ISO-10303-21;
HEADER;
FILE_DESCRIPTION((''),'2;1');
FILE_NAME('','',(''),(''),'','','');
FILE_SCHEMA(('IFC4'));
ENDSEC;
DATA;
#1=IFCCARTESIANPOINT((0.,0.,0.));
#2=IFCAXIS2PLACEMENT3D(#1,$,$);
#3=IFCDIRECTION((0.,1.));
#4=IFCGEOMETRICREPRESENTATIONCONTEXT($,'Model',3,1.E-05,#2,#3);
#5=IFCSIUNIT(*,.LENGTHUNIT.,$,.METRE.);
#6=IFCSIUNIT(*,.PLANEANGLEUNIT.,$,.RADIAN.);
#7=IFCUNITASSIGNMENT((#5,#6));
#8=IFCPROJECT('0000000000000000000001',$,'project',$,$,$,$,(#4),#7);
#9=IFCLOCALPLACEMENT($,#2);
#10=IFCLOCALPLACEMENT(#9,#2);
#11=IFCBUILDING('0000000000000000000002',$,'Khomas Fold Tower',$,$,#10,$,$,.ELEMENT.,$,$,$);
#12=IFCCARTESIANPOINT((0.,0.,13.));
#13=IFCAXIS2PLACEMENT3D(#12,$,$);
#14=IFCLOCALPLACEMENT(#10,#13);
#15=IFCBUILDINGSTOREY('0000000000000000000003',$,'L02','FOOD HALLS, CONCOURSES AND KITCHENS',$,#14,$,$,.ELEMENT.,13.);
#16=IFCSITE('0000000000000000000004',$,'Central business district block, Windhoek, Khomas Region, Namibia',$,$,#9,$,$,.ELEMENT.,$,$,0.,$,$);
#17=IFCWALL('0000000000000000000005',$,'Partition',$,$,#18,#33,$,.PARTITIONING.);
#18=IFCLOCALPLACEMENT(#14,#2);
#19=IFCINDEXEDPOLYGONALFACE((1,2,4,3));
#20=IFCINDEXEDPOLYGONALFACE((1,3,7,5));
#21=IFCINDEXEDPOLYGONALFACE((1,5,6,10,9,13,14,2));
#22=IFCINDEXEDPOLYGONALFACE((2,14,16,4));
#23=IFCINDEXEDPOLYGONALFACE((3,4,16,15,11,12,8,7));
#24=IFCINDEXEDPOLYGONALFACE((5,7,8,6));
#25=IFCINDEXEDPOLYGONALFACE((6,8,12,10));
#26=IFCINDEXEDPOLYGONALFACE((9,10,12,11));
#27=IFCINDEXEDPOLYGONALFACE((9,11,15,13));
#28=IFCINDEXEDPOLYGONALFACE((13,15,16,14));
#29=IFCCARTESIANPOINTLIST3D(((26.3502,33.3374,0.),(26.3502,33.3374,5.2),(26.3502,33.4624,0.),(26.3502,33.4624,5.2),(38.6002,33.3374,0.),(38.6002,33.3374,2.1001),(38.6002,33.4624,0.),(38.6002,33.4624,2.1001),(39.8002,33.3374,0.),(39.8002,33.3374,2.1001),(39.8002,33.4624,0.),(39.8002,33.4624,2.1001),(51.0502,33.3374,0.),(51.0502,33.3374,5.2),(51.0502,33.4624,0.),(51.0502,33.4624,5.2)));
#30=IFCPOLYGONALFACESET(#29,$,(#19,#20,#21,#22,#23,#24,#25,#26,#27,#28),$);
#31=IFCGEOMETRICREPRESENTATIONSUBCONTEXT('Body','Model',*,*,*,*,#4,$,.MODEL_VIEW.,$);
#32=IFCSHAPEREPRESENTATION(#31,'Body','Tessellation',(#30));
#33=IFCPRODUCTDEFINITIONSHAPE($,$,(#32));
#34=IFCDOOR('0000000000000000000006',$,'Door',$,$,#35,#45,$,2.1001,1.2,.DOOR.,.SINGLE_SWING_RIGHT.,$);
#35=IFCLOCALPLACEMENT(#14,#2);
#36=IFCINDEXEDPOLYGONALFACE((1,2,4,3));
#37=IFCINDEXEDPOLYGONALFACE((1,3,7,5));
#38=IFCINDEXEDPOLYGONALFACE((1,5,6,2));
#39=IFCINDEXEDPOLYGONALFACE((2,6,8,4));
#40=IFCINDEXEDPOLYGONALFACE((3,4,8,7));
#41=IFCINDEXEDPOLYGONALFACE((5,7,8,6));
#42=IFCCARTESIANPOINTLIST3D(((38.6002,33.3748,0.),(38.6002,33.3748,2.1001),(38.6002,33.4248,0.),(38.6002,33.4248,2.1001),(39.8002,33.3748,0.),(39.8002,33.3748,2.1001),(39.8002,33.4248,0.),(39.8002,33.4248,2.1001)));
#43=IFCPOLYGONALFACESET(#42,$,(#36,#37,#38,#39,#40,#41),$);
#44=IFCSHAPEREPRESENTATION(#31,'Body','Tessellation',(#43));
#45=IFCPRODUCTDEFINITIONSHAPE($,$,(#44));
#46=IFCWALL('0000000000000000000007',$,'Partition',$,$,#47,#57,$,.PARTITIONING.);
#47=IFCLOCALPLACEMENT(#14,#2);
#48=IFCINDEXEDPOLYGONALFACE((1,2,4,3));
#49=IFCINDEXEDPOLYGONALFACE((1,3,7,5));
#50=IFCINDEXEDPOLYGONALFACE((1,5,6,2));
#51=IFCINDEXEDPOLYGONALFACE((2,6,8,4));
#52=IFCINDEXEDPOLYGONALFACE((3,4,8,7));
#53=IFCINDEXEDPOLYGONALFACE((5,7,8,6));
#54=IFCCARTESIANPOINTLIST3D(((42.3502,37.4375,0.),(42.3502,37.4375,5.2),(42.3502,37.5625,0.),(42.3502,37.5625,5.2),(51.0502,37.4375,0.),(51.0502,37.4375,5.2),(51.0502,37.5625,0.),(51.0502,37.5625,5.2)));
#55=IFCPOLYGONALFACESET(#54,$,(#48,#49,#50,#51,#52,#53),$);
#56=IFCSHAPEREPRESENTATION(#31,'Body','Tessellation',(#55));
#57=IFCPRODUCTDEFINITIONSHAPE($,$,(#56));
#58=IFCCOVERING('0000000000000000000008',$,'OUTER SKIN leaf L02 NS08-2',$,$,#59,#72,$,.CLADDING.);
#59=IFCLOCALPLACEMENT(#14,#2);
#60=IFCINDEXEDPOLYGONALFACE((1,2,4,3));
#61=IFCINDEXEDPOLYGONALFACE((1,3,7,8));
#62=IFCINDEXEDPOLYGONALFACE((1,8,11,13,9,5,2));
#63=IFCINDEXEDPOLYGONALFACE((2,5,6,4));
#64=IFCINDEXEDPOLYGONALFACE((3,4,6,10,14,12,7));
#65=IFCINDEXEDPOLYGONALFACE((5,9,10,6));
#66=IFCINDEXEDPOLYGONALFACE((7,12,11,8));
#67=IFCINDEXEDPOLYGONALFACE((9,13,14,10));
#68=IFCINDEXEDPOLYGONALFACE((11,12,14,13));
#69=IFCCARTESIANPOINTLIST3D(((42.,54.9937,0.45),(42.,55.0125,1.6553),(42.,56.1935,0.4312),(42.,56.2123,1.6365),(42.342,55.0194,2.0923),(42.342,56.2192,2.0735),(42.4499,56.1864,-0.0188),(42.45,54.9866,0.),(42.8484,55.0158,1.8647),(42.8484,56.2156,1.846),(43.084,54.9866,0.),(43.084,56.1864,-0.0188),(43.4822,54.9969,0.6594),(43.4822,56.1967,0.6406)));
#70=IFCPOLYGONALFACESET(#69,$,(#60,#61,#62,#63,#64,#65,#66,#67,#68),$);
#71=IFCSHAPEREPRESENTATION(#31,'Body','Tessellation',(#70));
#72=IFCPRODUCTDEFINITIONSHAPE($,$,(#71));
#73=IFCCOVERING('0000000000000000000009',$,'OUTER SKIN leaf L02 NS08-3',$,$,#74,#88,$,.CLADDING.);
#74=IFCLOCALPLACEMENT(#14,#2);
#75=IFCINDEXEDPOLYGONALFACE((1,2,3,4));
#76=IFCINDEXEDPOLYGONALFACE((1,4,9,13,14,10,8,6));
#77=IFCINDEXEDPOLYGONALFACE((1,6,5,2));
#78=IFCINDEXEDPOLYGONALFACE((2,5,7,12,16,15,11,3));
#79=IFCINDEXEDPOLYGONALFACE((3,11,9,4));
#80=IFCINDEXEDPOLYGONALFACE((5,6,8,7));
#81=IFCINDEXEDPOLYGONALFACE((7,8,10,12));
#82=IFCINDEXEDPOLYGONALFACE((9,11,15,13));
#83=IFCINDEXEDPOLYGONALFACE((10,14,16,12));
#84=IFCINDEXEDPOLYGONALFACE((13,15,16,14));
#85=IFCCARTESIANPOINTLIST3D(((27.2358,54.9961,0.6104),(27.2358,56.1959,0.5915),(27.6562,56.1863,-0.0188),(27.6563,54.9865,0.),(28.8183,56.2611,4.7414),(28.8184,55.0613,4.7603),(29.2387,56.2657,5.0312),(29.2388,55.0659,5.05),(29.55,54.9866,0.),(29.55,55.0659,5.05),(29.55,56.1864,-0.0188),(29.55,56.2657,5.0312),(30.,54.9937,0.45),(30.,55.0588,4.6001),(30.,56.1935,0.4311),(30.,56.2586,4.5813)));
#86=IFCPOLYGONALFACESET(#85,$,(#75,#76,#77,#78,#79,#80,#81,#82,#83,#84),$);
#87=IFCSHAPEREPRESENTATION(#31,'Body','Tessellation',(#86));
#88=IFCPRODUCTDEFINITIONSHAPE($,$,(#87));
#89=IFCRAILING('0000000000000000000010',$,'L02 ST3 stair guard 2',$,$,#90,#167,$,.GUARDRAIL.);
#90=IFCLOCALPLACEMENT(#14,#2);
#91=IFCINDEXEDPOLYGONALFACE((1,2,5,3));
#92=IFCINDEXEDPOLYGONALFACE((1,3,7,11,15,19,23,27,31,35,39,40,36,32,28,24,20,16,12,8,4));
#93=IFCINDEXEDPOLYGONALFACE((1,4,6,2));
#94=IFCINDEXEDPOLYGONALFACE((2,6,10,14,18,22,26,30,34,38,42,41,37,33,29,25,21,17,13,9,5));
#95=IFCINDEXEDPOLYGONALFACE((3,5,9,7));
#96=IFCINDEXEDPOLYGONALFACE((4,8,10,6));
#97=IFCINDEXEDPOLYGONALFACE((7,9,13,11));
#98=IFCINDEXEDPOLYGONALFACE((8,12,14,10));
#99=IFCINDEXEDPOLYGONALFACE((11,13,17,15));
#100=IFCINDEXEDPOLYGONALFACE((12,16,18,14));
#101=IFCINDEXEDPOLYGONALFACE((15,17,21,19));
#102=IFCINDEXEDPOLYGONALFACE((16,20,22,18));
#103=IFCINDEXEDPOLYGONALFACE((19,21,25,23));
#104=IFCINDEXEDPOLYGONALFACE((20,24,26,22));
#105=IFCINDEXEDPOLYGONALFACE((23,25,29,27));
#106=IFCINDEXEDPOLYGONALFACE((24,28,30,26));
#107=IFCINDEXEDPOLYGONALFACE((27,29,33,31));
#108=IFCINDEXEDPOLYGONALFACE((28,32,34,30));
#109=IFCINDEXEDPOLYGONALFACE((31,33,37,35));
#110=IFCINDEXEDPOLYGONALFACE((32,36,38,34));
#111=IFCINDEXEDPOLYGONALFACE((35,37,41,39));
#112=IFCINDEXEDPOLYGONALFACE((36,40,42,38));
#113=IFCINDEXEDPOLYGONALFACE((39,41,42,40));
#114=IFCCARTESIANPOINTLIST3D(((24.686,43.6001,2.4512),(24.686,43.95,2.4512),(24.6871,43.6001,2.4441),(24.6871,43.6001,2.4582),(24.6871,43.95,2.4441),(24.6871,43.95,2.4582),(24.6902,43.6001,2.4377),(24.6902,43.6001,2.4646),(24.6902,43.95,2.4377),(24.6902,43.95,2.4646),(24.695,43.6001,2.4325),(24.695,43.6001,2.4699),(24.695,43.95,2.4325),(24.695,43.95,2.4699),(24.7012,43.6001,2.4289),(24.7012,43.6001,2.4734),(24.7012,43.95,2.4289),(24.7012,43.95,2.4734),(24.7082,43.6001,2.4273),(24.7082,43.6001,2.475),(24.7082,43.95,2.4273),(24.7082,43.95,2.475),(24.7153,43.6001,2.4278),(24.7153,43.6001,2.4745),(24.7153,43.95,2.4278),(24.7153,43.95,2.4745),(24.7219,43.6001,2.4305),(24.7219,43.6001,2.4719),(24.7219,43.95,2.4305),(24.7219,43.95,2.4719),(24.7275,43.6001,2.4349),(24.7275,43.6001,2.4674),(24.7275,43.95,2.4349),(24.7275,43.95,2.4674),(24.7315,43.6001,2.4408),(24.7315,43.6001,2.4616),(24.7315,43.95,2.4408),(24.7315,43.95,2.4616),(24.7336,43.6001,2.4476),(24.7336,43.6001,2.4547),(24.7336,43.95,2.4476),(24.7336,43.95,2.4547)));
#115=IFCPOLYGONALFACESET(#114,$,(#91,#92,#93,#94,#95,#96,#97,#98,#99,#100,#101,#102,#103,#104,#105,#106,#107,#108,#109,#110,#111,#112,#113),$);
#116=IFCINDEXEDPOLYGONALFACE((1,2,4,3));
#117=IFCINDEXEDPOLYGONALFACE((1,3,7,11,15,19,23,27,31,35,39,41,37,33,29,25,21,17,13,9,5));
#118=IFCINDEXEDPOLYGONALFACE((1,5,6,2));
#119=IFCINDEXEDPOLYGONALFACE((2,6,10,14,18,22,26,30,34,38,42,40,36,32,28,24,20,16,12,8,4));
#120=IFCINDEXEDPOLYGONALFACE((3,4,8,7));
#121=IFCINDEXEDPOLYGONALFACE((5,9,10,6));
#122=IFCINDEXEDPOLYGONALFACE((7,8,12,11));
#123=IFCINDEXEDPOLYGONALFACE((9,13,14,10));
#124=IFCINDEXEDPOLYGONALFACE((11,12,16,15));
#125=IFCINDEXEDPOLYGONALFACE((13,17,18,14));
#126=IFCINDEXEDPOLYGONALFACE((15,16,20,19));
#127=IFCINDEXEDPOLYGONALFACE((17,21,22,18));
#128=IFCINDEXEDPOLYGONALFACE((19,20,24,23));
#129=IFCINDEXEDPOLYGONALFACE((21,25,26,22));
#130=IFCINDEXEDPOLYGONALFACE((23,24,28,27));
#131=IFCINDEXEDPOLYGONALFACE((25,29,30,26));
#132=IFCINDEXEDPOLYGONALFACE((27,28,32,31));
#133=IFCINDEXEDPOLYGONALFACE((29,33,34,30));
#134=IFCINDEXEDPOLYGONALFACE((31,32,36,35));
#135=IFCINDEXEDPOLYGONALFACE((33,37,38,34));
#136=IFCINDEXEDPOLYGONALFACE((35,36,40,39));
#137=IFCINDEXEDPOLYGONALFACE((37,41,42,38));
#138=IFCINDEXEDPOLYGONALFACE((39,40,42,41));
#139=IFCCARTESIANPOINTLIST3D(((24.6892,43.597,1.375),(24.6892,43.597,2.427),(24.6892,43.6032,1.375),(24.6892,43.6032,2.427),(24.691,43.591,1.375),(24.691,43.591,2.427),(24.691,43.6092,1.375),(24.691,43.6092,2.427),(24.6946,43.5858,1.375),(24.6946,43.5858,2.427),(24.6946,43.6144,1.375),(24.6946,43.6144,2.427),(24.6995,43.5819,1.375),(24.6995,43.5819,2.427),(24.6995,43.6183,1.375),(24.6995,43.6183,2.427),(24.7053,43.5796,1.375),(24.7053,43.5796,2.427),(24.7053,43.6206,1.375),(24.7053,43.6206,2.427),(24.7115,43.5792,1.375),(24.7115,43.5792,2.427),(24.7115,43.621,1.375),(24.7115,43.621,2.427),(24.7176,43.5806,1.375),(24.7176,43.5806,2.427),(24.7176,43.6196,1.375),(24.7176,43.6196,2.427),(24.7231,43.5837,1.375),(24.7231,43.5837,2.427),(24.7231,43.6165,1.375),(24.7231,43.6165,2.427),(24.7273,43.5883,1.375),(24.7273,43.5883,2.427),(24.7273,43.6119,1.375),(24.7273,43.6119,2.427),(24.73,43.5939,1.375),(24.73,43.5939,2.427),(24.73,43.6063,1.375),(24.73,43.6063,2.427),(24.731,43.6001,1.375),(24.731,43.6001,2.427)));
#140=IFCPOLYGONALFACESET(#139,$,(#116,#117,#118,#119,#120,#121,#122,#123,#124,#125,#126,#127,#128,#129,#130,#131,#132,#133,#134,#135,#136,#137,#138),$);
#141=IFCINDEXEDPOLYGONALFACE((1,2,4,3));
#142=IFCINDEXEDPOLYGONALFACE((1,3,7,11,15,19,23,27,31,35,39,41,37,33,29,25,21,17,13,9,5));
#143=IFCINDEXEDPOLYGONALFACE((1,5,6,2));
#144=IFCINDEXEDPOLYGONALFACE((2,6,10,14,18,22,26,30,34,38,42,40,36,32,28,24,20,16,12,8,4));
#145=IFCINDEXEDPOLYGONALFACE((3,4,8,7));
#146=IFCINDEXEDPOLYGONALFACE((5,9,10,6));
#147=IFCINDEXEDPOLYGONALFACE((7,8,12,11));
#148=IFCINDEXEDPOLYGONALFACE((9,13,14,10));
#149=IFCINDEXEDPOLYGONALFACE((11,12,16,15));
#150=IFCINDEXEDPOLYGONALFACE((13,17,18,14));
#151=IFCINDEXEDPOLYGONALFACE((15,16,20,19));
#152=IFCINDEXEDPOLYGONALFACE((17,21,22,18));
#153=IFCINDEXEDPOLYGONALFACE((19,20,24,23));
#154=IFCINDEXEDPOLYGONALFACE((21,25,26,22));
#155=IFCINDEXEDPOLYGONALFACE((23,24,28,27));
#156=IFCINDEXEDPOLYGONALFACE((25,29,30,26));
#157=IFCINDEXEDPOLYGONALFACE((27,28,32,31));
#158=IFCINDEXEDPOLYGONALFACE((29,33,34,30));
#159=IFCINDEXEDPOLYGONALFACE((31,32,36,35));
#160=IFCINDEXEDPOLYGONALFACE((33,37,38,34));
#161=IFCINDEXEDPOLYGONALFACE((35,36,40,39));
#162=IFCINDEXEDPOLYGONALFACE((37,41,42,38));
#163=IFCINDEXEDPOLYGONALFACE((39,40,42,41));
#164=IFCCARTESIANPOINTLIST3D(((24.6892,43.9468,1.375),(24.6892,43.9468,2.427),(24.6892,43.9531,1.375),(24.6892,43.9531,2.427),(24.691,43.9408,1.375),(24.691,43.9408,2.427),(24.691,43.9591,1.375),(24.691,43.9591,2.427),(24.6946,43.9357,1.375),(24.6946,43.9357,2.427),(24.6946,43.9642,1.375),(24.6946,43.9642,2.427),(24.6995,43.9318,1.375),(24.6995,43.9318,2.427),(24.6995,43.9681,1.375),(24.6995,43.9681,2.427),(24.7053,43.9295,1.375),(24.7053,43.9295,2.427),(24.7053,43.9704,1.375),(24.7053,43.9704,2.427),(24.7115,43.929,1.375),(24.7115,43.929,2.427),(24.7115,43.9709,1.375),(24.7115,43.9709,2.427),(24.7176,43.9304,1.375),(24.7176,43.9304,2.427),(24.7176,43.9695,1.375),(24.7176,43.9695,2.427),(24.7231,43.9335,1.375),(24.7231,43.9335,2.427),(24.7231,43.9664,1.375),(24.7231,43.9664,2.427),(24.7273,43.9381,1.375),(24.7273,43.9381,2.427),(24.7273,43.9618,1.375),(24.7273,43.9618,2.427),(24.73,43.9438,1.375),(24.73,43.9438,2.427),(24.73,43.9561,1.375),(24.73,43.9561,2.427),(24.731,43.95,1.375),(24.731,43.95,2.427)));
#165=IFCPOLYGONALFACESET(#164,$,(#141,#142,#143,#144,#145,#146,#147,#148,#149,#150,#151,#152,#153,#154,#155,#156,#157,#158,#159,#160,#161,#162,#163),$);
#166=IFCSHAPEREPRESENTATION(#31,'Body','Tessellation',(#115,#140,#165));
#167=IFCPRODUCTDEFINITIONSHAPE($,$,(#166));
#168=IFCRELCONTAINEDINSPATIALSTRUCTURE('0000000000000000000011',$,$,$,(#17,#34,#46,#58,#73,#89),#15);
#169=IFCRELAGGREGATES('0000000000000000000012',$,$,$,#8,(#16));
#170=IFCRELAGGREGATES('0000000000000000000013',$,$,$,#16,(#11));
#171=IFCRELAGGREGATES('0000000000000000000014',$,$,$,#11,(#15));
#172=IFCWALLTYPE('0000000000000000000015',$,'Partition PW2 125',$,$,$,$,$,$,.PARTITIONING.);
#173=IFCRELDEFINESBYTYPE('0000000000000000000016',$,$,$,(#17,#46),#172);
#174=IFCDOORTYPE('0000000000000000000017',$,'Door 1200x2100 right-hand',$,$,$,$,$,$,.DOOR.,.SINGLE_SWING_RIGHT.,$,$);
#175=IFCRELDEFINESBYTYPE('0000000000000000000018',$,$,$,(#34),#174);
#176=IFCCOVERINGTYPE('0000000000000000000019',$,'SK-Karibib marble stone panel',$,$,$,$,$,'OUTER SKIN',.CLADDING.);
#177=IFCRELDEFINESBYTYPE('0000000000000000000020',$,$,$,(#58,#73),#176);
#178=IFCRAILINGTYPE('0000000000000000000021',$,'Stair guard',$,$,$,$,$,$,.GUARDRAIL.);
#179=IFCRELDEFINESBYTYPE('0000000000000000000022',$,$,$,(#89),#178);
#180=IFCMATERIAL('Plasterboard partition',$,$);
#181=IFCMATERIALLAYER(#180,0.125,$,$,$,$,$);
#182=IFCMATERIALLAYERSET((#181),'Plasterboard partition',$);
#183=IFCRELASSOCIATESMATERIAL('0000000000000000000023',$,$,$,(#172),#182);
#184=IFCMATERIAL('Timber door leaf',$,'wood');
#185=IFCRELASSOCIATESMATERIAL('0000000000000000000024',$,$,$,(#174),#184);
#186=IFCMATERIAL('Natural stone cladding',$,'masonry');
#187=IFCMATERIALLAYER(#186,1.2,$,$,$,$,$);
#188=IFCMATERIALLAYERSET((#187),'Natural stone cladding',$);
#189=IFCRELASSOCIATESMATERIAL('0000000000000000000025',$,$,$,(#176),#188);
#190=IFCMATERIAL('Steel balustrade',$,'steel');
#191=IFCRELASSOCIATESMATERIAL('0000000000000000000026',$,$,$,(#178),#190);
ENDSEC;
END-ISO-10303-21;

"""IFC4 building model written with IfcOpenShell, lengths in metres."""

from ifc_helpers import new_model, si_unit, direction, frame, frame_2d, origin, origin_2d, place, context, subcontext, project, spatial, polyline, rectangle, circle, outline, extrude, source, transform, mapped, material, layer, layer_set, type_object, element, fill, save


model = new_model("IFC4")

# Units and contexts
model_context = context("Model", 3, precision=1e-05, world=origin(), true_north=direction((0.0, 1.0)))
body_context = subcontext(model_context, "Body", "Model", "MODEL_VIEW")
ifc_project = project(units=[si_unit("LENGTHUNIT", "METRE"), si_unit("PLANEANGLEUNIT", "RADIAN")], contexts=[model_context])

# Site, building, storey
site_placement = place(None, origin())
site = spatial("IfcSite", under=ifc_project, at=site_placement, Name="Central business district block, Windhoek, Khomas Region, Namibia", CompositionType="ELEMENT", RefElevation=0.0)
building_placement = place(site_placement, origin())
building = spatial("IfcBuilding", under=site, at=building_placement, Name="Khomas Fold Tower", CompositionType="ELEMENT")
storey_placement = place(building_placement, frame((0.0, 0.0, 13.0)))
storey = spatial("IfcBuildingStorey", under=building, at=storey_placement, Name="L02", Description="FOOD HALLS, CONCOURSES AND KITCHENS", CompositionType="ELEMENT", Elevation=13.0)

# Wall, opening, door
ifc_material_1 = material(Name="Plasterboard partition")
ifc_layer_1 = layer(ifc_material_1, 0.125)
ifc_layer_set_1 = layer_set([ifc_layer_1], Name="Plasterboard partition")
wall_type_1 = type_object("IfcWallType", Name="Partition PW2 125", PredefinedType="PARTITIONING", material=ifc_layer_set_1)
shared_shape_1 = source(origin(), body_context, "Body", "SweptSolid", [
    extrude(rectangle(XDim=24.7, YDim=0.125, at=frame_2d((12.3501, 0.0))), origin(), (0.0, 0.0, 1.0), 5.2),
])
wall_1_placement = place(storey_placement, frame((26.3501, 33.3999, 0.0), z_axis=(0.0, 0.0, 1.0), x_axis=(1.0, 0.0, 0.0)))
wall_1 = element("IfcWall", 1, at=wall_1_placement, inside=storey, type_object=wall_type_1, Name="Partition", PredefinedType="PARTITIONING", context=body_context, shape_type="MappedRepresentation", body=[
    mapped(shared_shape_1, transform((0.0, 0.0, 0.0))),
])
shared_shape_2 = source(origin(), body_context, "Body", "SweptSolid", [
    extrude(rectangle(XDim=1.2, YDim=2.1001, at=frame_2d((0.6001, 1.05))), frame((0.0, 0.0725, 0.0), z_axis=(0.0, -1.0, 0.0), x_axis=(1.0, 0.0, 0.0)), (0.0, 0.0, 1.0), 0.145),
])
opening_1_placement = place(wall_1_placement, frame((12.25, 0.0, 0.0)))
opening_1 = element("IfcOpeningElement", 2, at=opening_1_placement, cuts=wall_1, PredefinedType="OPENING", context=body_context, shape_type="MappedRepresentation", body=[
    mapped(shared_shape_2, transform((0.0, 0.0, 0.0))),
])
ifc_material_2 = material(Name="Timber door leaf", Category="wood")
door_type = type_object("IfcDoorType", Name="Door 1200x2100 right-hand", OperationType="SINGLE_SWING_RIGHT", PredefinedType="DOOR", material=ifc_material_2)
shared_shape_3 = source(origin(), body_context, "Body", "SweptSolid", [
    extrude(rectangle(XDim=1.2, YDim=2.1001, at=frame_2d((0.6001, 1.05))), frame((0.0, 0.0249, 0.0), z_axis=(0.0, -1.0, 0.0), x_axis=(1.0, 0.0, 0.0)), (0.0, 0.0, 1.0), 0.05),
])
door_placement = place(opening_1_placement, origin())
door = element("IfcDoor", 3, at=door_placement, inside=storey, type_object=door_type, Name="Door", OperationType="SINGLE_SWING_RIGHT", OverallHeight=2.1001, OverallWidth=1.2, PredefinedType="DOOR", context=body_context, shape_type="MappedRepresentation", body=[
    mapped(shared_shape_3, transform((0.0, 0.0, 0.0))),
])
fill(opening_1, door)

# Wall
shared_shape_4 = source(origin(), body_context, "Body", "SweptSolid", [
    extrude(rectangle(XDim=8.7, YDim=0.125, at=frame_2d((4.3501, 0.0))), origin(), (0.0, 0.0, 1.0), 5.2),
])
wall_2_placement = place(storey_placement, frame((42.3501, 37.5, 0.0), z_axis=(0.0, 0.0, 1.0), x_axis=(1.0, 0.0, 0.0)))
element("IfcWall", 4, at=wall_2_placement, inside=storey, type_object=wall_type_1, Name="Partition", PredefinedType="PARTITIONING", context=body_context, shape_type="MappedRepresentation", body=[
    mapped(shared_shape_4, transform((0.0, 0.0, 0.0))),
])

# Coverings
ifc_material_3 = material(Name="Natural stone cladding", Category="masonry")
ifc_layer_2 = layer(ifc_material_3, 1.2)
ifc_layer_set_2 = layer_set([ifc_layer_2], Name="Natural stone cladding")
covering_type = type_object("IfcCoveringType", Name="SK-Karibib marble stone panel", ElementType="OUTER SKIN", PredefinedType="CLADDING", material=ifc_layer_set_2)
covering_1_placement = place(storey_placement, frame((42.0, 54.9937, 0.45), z_axis=(0.000006, -0.999877, 0.015662), x_axis=(0.0, 0.015662, 0.999877)))
element("IfcCovering", 5, at=covering_1_placement, inside=storey, type_object=covering_type, Name="OUTER SKIN leaf L02 NS08-2", PredefinedType="CLADDING", context=body_context, shape_type="SweptSolid", body=[
    extrude(outline(polyline([(0.0, 0.0), (1.2055, 0.0), (1.6425, -0.342), (1.415, -0.8484), (0.2095, -1.4822), (-0.45, -1.084), (-0.45, -0.45), (0.0, 0.0)])), origin(), (0.0, 0.0, -1.0), 1.2),
])
covering_2_placement = place(storey_placement, frame((27.2358, 54.9961, 0.6104), z_axis=(0.000036, -0.999877, 0.015697), x_axis=(0.356272, 0.014679, 0.934267)))
element("IfcCovering", 6, at=covering_2_placement, inside=storey, type_object=covering_type, Name="OUTER SKIN leaf L02 NS08-3", PredefinedType="CLADDING", context=body_context, shape_type="SweptSolid", body=[
    extrude(outline(polyline([(0.0, 0.0), (4.4419, 0.0), (4.8625, -0.2896), (4.9734, -0.5804), (4.7132, -1.1612), (0.8349, -2.6399), (0.2541, -2.3798), (-0.4206, -0.6103), (0.0, 0.0)])), origin(), (0.0, 0.0, -1.0), 1.2),
])

# Railing
ifc_material_4 = material(Name="Steel balustrade", Category="steel")
railing_type_1 = type_object("IfcRailingType", Name="Stair guard", PredefinedType="GUARDRAIL", material=ifc_material_4)
shared_shape_5 = source(origin(), body_context, "Body", "SweptSolid", [
    extrude(circle(Radius=0.0239, at=origin_2d()), frame((0.0, 0.0, 1.0762), z_axis=(0.0, 1.0, 0.0), x_axis=(-1.0, 0.0, 0.0)), (0.0, 0.0, 1.0), 0.3499),
    extrude(circle(Radius=0.021, at=origin_2d()), origin(), (0.0, 0.0, 1.0), 1.052),
    extrude(circle(Radius=0.021, at=origin_2d()), frame((0.0, 0.3499, 0.0)), (0.0, 0.0, 1.0), 1.052),
])
for number, where, name in (
    (7, (24.71, 43.6001, 1.375), "L02 ST3 stair guard 2"),
):
    element("IfcRailing", number, at=place(storey_placement, frame(where)), inside=storey, type_object=railing_type_1, Name=name, PredefinedType="GUARDRAIL", context=body_context, shape_type="MappedRepresentation", body=[
        mapped(shared_shape_5, transform((0.0, 0.0, 0.0))),
    ])

save(model, "model.ifc")
